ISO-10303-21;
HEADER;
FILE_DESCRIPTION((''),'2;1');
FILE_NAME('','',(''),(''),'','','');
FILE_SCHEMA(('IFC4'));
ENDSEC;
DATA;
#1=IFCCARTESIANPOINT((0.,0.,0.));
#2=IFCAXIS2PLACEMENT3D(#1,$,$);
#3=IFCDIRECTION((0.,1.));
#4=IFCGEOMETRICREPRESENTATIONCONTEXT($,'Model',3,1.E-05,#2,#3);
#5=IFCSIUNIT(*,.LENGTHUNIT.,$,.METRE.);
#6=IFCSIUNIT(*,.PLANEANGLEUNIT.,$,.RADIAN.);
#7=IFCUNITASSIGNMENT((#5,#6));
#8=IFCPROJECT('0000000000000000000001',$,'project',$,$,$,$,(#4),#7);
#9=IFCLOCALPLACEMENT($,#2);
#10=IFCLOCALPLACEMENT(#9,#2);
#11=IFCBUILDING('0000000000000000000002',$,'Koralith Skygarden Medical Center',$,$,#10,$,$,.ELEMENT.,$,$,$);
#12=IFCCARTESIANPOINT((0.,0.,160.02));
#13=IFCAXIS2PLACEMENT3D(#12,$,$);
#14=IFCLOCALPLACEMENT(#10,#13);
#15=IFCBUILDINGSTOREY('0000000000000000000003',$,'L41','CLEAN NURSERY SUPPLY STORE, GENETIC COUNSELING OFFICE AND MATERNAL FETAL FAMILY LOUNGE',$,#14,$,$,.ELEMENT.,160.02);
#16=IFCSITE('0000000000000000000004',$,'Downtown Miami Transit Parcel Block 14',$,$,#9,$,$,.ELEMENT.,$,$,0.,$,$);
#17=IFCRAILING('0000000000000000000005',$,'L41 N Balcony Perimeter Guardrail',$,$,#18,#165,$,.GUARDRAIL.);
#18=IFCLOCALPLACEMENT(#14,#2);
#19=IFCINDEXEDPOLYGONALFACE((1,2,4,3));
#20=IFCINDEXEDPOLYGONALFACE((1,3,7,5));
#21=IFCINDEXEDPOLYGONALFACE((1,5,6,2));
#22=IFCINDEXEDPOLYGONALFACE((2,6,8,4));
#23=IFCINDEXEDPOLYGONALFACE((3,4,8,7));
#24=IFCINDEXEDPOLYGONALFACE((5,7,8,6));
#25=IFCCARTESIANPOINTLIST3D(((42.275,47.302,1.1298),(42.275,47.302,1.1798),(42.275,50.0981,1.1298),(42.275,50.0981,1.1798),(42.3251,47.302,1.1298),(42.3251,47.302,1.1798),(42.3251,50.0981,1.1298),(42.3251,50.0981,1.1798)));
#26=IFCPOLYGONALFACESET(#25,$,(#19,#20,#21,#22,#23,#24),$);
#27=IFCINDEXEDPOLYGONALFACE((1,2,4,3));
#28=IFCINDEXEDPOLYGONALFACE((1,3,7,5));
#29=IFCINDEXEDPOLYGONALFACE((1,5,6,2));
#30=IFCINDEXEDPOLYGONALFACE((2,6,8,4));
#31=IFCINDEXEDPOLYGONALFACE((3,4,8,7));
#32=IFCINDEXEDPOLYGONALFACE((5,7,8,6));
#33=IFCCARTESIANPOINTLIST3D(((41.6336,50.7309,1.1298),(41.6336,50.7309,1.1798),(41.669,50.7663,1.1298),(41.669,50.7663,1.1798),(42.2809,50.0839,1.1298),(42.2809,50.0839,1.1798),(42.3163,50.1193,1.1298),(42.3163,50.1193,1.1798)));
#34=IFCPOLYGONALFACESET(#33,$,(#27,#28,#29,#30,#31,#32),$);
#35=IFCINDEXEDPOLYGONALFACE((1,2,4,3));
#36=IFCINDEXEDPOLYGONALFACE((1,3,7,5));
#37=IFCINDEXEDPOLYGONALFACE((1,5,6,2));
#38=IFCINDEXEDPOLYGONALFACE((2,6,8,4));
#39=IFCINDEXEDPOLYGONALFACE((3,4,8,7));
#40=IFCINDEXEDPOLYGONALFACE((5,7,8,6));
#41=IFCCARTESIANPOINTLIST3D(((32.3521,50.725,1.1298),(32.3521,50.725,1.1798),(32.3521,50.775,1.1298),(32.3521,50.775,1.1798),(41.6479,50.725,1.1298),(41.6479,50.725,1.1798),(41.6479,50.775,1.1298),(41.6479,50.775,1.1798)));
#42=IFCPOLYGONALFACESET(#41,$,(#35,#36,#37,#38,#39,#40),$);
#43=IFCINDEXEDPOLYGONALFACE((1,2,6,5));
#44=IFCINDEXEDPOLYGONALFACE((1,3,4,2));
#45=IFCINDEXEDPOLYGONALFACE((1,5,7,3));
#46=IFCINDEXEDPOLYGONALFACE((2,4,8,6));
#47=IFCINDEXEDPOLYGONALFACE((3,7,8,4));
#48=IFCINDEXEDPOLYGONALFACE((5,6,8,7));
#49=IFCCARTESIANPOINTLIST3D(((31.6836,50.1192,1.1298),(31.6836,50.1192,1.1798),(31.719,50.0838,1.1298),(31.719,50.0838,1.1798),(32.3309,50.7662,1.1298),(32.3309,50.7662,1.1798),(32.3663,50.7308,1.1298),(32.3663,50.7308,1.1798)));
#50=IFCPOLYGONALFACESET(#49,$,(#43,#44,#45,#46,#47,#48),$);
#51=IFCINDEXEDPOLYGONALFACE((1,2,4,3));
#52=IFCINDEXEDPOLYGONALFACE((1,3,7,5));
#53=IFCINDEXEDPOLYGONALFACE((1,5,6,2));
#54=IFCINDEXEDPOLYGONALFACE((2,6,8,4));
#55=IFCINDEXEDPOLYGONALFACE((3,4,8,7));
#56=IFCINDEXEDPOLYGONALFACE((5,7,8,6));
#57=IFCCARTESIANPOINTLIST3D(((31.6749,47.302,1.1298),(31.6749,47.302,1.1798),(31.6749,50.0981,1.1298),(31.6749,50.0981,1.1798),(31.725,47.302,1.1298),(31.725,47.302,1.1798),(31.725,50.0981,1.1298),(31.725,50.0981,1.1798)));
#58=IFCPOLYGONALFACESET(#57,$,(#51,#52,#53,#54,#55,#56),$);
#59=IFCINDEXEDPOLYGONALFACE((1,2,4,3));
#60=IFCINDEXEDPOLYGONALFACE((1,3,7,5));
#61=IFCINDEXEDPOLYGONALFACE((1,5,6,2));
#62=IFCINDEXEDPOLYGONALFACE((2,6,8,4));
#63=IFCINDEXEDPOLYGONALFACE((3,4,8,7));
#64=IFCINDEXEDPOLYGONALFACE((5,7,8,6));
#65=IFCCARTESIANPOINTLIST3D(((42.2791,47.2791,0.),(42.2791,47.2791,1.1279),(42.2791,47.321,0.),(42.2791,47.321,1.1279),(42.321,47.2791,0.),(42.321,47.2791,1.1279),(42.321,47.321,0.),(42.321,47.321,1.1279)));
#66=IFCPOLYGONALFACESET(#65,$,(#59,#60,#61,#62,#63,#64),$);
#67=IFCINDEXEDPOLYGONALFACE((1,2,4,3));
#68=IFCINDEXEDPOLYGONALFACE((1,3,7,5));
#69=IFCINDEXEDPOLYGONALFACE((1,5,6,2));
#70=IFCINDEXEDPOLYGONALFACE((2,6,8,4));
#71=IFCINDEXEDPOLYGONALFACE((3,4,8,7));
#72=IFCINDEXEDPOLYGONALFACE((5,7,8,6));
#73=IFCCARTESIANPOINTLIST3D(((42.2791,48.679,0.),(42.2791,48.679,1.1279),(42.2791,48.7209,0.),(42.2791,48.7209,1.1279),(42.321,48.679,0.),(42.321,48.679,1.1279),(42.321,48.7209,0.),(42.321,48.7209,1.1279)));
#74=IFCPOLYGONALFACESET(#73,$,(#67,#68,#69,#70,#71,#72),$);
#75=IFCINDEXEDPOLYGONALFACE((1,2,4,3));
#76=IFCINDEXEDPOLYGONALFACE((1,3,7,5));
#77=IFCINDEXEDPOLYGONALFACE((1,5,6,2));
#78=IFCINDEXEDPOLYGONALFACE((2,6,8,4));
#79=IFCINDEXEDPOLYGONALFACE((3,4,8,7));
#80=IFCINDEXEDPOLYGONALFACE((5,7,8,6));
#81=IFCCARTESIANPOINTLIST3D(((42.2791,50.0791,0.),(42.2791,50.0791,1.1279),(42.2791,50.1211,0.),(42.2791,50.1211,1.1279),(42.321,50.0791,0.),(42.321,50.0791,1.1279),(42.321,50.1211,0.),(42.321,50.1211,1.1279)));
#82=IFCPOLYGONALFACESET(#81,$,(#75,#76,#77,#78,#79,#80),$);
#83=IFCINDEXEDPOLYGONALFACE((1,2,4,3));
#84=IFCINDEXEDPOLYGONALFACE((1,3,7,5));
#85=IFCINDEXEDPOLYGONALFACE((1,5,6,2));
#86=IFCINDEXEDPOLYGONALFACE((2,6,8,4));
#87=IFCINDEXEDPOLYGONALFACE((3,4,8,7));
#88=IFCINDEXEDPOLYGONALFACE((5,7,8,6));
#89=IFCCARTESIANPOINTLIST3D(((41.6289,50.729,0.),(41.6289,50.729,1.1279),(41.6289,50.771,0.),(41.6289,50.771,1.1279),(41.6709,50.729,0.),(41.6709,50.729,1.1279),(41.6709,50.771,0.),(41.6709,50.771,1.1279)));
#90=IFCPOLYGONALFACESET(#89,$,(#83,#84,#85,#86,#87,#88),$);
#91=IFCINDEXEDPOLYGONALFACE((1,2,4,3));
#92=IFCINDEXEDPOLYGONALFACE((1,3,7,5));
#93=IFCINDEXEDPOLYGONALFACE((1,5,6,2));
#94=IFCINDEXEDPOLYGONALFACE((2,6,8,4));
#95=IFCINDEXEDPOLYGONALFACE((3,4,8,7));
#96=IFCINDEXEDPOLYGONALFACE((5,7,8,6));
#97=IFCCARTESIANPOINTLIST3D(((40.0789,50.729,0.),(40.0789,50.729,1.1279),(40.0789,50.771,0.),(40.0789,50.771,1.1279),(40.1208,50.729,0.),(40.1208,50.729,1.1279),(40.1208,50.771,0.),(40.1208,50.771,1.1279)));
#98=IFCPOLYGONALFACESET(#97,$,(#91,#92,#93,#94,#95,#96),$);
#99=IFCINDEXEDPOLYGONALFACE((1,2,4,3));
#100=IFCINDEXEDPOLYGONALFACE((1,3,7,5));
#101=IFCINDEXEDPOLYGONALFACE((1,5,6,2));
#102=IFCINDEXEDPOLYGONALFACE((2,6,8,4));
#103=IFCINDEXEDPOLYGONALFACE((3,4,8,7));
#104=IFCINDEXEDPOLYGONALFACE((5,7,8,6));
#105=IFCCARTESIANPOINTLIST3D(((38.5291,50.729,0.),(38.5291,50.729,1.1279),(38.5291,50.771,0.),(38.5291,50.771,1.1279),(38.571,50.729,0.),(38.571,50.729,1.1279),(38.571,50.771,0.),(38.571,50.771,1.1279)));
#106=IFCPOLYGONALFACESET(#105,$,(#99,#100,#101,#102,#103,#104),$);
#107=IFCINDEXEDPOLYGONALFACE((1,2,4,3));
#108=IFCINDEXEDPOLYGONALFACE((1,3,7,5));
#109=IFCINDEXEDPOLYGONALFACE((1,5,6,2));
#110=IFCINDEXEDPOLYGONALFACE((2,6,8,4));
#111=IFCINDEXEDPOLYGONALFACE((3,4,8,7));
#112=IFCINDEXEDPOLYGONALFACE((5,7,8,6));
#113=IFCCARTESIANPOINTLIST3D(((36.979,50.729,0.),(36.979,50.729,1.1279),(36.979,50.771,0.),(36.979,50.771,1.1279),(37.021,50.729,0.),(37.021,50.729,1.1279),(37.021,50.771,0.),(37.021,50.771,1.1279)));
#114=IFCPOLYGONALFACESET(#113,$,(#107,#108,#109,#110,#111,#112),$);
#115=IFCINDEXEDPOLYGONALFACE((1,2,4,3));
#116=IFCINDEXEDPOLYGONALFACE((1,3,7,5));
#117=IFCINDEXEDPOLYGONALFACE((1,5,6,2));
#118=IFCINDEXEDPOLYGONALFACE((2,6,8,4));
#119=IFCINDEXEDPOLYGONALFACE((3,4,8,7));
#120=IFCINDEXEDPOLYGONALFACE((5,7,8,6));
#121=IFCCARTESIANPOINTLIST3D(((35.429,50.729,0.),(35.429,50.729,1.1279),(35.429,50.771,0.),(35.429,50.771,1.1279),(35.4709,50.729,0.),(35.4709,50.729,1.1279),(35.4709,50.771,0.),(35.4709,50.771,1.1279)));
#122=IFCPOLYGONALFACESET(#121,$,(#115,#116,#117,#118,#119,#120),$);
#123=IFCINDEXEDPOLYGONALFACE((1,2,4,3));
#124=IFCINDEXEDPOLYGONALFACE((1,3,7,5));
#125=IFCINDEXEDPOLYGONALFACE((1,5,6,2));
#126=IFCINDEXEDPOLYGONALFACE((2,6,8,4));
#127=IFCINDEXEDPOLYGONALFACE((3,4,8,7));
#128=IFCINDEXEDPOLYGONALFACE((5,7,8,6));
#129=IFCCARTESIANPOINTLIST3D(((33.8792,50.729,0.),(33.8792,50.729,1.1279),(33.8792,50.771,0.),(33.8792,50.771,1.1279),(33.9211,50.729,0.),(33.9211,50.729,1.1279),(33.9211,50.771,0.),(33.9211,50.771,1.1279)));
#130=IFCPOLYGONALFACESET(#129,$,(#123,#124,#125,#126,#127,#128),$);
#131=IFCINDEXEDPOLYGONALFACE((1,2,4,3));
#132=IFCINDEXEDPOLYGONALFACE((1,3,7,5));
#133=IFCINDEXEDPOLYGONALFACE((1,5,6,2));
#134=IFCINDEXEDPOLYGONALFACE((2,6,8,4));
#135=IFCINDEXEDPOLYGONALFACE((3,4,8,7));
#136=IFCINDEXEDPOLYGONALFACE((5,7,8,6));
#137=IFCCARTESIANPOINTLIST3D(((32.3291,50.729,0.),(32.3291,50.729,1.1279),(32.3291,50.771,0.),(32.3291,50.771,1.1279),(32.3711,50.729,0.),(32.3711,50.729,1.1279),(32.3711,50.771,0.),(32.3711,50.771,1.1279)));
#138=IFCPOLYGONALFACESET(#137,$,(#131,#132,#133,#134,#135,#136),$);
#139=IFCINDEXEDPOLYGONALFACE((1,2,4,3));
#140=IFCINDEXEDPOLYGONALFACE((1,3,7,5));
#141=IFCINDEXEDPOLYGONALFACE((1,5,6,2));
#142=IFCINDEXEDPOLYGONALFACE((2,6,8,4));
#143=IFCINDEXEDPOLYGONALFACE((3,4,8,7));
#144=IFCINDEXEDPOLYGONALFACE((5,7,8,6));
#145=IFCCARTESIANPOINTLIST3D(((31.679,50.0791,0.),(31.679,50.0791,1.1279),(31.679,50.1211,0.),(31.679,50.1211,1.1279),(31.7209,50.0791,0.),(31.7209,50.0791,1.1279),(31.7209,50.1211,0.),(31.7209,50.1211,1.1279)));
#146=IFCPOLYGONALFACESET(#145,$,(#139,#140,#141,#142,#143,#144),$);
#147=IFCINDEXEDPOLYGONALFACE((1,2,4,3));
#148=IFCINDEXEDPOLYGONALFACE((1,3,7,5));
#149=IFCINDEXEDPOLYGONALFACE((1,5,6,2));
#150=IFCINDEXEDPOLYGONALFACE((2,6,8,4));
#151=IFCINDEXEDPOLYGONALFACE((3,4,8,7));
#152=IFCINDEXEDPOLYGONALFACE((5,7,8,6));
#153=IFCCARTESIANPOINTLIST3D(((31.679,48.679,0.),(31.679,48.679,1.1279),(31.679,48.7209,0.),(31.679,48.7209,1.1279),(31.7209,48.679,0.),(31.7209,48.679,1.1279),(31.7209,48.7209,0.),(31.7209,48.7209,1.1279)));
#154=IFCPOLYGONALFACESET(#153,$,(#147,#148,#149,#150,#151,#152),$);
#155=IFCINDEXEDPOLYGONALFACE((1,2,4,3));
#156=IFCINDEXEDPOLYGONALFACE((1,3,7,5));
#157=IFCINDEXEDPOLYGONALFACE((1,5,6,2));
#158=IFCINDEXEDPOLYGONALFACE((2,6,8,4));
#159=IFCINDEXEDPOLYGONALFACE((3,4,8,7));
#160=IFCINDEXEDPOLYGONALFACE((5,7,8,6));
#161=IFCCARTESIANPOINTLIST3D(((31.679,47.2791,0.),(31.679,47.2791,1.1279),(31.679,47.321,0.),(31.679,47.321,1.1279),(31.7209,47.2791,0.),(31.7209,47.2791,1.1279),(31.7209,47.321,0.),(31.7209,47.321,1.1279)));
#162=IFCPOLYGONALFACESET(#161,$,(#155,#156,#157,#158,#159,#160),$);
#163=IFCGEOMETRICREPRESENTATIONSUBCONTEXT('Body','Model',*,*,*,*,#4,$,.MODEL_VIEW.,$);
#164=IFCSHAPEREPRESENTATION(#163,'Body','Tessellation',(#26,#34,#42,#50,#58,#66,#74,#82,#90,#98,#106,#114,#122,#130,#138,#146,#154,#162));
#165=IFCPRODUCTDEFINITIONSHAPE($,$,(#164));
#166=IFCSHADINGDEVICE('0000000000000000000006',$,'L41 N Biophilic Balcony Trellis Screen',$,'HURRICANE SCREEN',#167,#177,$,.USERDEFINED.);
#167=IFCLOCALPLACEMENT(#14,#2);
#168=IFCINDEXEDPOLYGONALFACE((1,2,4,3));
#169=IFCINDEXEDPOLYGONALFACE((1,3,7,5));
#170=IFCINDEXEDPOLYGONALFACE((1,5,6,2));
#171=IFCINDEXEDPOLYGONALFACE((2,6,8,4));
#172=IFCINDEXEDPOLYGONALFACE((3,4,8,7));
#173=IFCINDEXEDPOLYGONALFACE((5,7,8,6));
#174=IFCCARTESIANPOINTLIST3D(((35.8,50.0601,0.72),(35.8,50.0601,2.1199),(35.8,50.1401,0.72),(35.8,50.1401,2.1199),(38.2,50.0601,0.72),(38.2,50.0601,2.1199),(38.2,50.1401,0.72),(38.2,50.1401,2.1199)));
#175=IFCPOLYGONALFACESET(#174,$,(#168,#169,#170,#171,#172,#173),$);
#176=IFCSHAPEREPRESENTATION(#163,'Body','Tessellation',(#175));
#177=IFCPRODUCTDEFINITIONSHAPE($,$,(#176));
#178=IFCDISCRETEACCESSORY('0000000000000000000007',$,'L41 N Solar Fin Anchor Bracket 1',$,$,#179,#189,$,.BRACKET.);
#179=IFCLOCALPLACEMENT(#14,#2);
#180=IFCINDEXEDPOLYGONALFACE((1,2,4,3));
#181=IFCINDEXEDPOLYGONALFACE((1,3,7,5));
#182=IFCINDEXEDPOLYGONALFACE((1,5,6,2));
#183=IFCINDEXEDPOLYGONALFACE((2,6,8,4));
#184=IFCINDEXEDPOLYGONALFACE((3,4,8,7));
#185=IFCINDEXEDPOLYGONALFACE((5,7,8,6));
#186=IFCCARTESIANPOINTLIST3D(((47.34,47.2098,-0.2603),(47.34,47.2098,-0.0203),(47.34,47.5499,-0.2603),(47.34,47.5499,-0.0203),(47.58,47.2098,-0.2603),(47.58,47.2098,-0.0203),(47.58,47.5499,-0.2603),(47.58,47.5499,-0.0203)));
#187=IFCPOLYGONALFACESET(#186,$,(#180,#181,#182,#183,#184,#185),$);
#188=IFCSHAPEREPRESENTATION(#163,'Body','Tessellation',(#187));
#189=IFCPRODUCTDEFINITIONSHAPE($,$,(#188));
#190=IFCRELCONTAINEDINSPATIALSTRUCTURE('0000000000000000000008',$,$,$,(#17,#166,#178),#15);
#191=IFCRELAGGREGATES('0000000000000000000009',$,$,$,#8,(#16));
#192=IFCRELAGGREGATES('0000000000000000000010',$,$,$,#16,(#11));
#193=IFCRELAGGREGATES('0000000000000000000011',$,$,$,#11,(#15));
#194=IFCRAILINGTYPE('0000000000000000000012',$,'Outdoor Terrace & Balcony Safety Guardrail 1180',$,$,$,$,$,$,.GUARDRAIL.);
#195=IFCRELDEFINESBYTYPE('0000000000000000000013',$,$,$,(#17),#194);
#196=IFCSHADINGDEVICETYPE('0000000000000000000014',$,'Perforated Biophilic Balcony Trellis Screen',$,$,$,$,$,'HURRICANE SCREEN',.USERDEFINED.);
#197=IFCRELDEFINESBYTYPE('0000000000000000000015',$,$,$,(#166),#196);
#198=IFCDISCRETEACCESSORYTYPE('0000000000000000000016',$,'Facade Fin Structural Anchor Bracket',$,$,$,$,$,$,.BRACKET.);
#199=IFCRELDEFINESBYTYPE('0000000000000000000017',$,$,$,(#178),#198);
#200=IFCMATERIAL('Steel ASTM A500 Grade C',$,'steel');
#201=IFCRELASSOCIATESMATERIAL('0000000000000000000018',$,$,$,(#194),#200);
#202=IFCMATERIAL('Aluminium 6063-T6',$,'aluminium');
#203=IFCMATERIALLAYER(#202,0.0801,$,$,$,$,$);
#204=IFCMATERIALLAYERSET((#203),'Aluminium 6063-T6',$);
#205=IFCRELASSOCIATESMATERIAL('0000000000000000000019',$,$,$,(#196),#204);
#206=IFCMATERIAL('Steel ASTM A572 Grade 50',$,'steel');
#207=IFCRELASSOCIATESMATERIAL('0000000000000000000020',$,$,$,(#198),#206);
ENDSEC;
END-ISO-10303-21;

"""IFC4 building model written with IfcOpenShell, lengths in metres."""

from ifc_helpers import new_model, si_unit, direction, frame, origin, origin_2d, place, context, subcontext, project, spatial, rectangle, extrude, material, layer, layer_set, type_object, element, save


model = new_model("IFC4")

# Units and contexts
model_context = context("Model", 3, precision=1e-05, world=origin(), true_north=direction((0.0, 1.0)))
body_context = subcontext(model_context, "Body", "Model", "MODEL_VIEW")
ifc_project = project(units=[si_unit("LENGTHUNIT", "METRE"), si_unit("PLANEANGLEUNIT", "RADIAN")], contexts=[model_context])

# Site, building, storey
site_placement = place(None, origin())
site = spatial("IfcSite", under=ifc_project, at=site_placement, Name="Downtown Miami Transit Parcel Block 14", CompositionType="ELEMENT", RefElevation=0.0)
building_placement = place(site_placement, origin())
building = spatial("IfcBuilding", under=site, at=building_placement, Name="Koralith Skygarden Medical Center", CompositionType="ELEMENT")
storey_placement = place(building_placement, frame((0.0, 0.0, 160.02)))
storey = spatial("IfcBuildingStorey", under=building, at=storey_placement, Name="L41", Description="CLEAN NURSERY SUPPLY STORE, GENETIC COUNSELING OFFICE AND MATERNAL FETAL FAMILY LOUNGE", CompositionType="ELEMENT", Elevation=160.02)

# Shared definitions
ifc_material_1 = material(Name="Aluminium 6063-T6", Category="aluminium")

# Shared definitions
ifc_material_2 = material(Name="Steel ASTM A500 Grade C", Category="steel")

# Railing
railing_type = type_object("IfcRailingType", Name="Outdoor Terrace & Balcony Safety Guardrail 1180", PredefinedType="GUARDRAIL", material=ifc_material_2)
railing_placement = place(storey_placement, frame((42.3, 47.3, 0.0)))
element("IfcRailing", 1, at=railing_placement, inside=storey, type_object=railing_type, Name="L41 N Balcony Perimeter Guardrail", PredefinedType="GUARDRAIL", context=body_context, shape_type="SweptSolid", body=[
    extrude(rectangle(XDim=0.05, YDim=0.05, at=origin_2d()), frame((0.0, 0.002, 1.1548), z_axis=(0.0, 1.0, 0.0), x_axis=(-1.0, 0.0, 0.0)), (0.0, 0.0, 1.0), 2.7961),
    extrude(rectangle(XDim=0.05, YDim=0.05, at=origin_2d()), frame((-0.0015, 2.8015, 1.1548), z_axis=(-0.70724, 0.706974, 0.0), x_axis=(-0.706974, -0.70724, 0.0)), (0.0, 0.0, 1.0), 0.9153),
    extrude(rectangle(XDim=0.05, YDim=0.05, at=origin_2d()), frame((-0.6521, 3.45, 1.1548), z_axis=(-1.0, 0.0, 0.0), x_axis=(0.0, -1.0, 0.0)), (0.0, 0.0, 1.0), 9.2959),
    extrude(rectangle(XDim=0.05, YDim=0.05, at=origin_2d()), frame((-9.9514, 3.4485, 1.1548), z_axis=(-0.70724, -0.706974, 0.0), x_axis=(0.706974, -0.70724, 0.0)), (0.0, 0.0, 1.0), 0.9153),
    extrude(rectangle(XDim=0.05, YDim=0.05, at=origin_2d()), frame((-10.6001, 2.7981, 1.1548), z_axis=(0.0, -1.0, 0.0), x_axis=(1.0, 0.0, 0.0)), (0.0, 0.0, 1.0), 2.7961),
    extrude(rectangle(XDim=0.042, YDim=0.042, at=origin_2d()), origin(), (0.0, 0.0, 1.0), 1.1279),
    extrude(rectangle(XDim=0.042, YDim=0.042, at=origin_2d()), frame((0.0, 1.3999, 0.0)), (0.0, 0.0, 1.0), 1.1279),
    extrude(rectangle(XDim=0.042, YDim=0.042, at=origin_2d()), frame((0.0, 2.8, 0.0)), (0.0, 0.0, 1.0), 1.1279),
    extrude(rectangle(XDim=0.042, YDim=0.042, at=origin_2d()), frame((-0.6501, 3.45, 0.0)), (0.0, 0.0, 1.0), 1.1279),
    extrude(rectangle(XDim=0.042, YDim=0.042, at=origin_2d()), frame((-2.2002, 3.45, 0.0)), (0.0, 0.0, 1.0), 1.1279),
    extrude(rectangle(XDim=0.042, YDim=0.042, at=origin_2d()), frame((-3.75, 3.45, 0.0)), (0.0, 0.0, 1.0), 1.1279),
    extrude(rectangle(XDim=0.042, YDim=0.042, at=origin_2d()), frame((-5.3, 3.45, 0.0)), (0.0, 0.0, 1.0), 1.1279),
    extrude(rectangle(XDim=0.042, YDim=0.042, at=origin_2d()), frame((-6.8501, 3.45, 0.0)), (0.0, 0.0, 1.0), 1.1279),
    extrude(rectangle(XDim=0.042, YDim=0.042, at=origin_2d()), frame((-8.3999, 3.45, 0.0)), (0.0, 0.0, 1.0), 1.1279),
    extrude(rectangle(XDim=0.042, YDim=0.042, at=origin_2d()), frame((-9.95, 3.45, 0.0)), (0.0, 0.0, 1.0), 1.1279),
    extrude(rectangle(XDim=0.042, YDim=0.042, at=origin_2d()), frame((-10.6001, 2.8, 0.0)), (0.0, 0.0, 1.0), 1.1279),
    extrude(rectangle(XDim=0.042, YDim=0.042, at=origin_2d()), frame((-10.6001, 1.3999, 0.0)), (0.0, 0.0, 1.0), 1.1279),
    extrude(rectangle(XDim=0.042, YDim=0.042, at=origin_2d()), frame((-10.6001, 0.0, 0.0)), (0.0, 0.0, 1.0), 1.1279),
])

# Shading device
ifc_layer_1 = layer(ifc_material_1, 0.0801)
ifc_layer_set_1 = layer_set([ifc_layer_1], Name="Aluminium 6063-T6")
shading_device_type_1 = type_object("IfcShadingDeviceType", Name="Perforated Biophilic Balcony Trellis Screen", ElementType="HURRICANE SCREEN", PredefinedType="USERDEFINED", material=ifc_layer_set_1)
shading_device_1_placement = place(storey_placement, frame((37.0, 50.1001, 0.72), z_axis=(0.0, 0.0, 1.0), x_axis=(1.0, 0.0, 0.0)))
element("IfcShadingDevice", 2, at=shading_device_1_placement, inside=storey, type_object=shading_device_type_1, Name="L41 N Biophilic Balcony Trellis Screen", ObjectType="HURRICANE SCREEN", PredefinedType="USERDEFINED", context=body_context, shape_type="SweptSolid", body=[
    extrude(rectangle(XDim=2.3999, YDim=0.0801, at=origin_2d()), origin(), (0.0, 0.0, 1.0), 1.3999),
])

# Discrete accessory
ifc_material_3 = material(Name="Steel ASTM A572 Grade 50", Category="steel")
discrete_accessory_type = type_object("IfcDiscreteAccessoryType", Name="Facade Fin Structural Anchor Bracket", PredefinedType="BRACKET", material=ifc_material_3)
discrete_accessory_placement = place(storey_placement, frame((47.46, 47.3799, -0.2603), z_axis=(0.0, 0.0, 1.0), x_axis=(0.0, 1.0, 0.0)))
element("IfcDiscreteAccessory", 3, at=discrete_accessory_placement, inside=storey, type_object=discrete_accessory_type, Name="L41 N Solar Fin Anchor Bracket 1", PredefinedType="BRACKET", context=body_context, shape_type="SweptSolid", body=[
    extrude(rectangle(XDim=0.3401, YDim=0.24, at=origin_2d()), origin(), (0.0, 0.0, 1.0), 0.24),
])

save(model, "model.ifc")
